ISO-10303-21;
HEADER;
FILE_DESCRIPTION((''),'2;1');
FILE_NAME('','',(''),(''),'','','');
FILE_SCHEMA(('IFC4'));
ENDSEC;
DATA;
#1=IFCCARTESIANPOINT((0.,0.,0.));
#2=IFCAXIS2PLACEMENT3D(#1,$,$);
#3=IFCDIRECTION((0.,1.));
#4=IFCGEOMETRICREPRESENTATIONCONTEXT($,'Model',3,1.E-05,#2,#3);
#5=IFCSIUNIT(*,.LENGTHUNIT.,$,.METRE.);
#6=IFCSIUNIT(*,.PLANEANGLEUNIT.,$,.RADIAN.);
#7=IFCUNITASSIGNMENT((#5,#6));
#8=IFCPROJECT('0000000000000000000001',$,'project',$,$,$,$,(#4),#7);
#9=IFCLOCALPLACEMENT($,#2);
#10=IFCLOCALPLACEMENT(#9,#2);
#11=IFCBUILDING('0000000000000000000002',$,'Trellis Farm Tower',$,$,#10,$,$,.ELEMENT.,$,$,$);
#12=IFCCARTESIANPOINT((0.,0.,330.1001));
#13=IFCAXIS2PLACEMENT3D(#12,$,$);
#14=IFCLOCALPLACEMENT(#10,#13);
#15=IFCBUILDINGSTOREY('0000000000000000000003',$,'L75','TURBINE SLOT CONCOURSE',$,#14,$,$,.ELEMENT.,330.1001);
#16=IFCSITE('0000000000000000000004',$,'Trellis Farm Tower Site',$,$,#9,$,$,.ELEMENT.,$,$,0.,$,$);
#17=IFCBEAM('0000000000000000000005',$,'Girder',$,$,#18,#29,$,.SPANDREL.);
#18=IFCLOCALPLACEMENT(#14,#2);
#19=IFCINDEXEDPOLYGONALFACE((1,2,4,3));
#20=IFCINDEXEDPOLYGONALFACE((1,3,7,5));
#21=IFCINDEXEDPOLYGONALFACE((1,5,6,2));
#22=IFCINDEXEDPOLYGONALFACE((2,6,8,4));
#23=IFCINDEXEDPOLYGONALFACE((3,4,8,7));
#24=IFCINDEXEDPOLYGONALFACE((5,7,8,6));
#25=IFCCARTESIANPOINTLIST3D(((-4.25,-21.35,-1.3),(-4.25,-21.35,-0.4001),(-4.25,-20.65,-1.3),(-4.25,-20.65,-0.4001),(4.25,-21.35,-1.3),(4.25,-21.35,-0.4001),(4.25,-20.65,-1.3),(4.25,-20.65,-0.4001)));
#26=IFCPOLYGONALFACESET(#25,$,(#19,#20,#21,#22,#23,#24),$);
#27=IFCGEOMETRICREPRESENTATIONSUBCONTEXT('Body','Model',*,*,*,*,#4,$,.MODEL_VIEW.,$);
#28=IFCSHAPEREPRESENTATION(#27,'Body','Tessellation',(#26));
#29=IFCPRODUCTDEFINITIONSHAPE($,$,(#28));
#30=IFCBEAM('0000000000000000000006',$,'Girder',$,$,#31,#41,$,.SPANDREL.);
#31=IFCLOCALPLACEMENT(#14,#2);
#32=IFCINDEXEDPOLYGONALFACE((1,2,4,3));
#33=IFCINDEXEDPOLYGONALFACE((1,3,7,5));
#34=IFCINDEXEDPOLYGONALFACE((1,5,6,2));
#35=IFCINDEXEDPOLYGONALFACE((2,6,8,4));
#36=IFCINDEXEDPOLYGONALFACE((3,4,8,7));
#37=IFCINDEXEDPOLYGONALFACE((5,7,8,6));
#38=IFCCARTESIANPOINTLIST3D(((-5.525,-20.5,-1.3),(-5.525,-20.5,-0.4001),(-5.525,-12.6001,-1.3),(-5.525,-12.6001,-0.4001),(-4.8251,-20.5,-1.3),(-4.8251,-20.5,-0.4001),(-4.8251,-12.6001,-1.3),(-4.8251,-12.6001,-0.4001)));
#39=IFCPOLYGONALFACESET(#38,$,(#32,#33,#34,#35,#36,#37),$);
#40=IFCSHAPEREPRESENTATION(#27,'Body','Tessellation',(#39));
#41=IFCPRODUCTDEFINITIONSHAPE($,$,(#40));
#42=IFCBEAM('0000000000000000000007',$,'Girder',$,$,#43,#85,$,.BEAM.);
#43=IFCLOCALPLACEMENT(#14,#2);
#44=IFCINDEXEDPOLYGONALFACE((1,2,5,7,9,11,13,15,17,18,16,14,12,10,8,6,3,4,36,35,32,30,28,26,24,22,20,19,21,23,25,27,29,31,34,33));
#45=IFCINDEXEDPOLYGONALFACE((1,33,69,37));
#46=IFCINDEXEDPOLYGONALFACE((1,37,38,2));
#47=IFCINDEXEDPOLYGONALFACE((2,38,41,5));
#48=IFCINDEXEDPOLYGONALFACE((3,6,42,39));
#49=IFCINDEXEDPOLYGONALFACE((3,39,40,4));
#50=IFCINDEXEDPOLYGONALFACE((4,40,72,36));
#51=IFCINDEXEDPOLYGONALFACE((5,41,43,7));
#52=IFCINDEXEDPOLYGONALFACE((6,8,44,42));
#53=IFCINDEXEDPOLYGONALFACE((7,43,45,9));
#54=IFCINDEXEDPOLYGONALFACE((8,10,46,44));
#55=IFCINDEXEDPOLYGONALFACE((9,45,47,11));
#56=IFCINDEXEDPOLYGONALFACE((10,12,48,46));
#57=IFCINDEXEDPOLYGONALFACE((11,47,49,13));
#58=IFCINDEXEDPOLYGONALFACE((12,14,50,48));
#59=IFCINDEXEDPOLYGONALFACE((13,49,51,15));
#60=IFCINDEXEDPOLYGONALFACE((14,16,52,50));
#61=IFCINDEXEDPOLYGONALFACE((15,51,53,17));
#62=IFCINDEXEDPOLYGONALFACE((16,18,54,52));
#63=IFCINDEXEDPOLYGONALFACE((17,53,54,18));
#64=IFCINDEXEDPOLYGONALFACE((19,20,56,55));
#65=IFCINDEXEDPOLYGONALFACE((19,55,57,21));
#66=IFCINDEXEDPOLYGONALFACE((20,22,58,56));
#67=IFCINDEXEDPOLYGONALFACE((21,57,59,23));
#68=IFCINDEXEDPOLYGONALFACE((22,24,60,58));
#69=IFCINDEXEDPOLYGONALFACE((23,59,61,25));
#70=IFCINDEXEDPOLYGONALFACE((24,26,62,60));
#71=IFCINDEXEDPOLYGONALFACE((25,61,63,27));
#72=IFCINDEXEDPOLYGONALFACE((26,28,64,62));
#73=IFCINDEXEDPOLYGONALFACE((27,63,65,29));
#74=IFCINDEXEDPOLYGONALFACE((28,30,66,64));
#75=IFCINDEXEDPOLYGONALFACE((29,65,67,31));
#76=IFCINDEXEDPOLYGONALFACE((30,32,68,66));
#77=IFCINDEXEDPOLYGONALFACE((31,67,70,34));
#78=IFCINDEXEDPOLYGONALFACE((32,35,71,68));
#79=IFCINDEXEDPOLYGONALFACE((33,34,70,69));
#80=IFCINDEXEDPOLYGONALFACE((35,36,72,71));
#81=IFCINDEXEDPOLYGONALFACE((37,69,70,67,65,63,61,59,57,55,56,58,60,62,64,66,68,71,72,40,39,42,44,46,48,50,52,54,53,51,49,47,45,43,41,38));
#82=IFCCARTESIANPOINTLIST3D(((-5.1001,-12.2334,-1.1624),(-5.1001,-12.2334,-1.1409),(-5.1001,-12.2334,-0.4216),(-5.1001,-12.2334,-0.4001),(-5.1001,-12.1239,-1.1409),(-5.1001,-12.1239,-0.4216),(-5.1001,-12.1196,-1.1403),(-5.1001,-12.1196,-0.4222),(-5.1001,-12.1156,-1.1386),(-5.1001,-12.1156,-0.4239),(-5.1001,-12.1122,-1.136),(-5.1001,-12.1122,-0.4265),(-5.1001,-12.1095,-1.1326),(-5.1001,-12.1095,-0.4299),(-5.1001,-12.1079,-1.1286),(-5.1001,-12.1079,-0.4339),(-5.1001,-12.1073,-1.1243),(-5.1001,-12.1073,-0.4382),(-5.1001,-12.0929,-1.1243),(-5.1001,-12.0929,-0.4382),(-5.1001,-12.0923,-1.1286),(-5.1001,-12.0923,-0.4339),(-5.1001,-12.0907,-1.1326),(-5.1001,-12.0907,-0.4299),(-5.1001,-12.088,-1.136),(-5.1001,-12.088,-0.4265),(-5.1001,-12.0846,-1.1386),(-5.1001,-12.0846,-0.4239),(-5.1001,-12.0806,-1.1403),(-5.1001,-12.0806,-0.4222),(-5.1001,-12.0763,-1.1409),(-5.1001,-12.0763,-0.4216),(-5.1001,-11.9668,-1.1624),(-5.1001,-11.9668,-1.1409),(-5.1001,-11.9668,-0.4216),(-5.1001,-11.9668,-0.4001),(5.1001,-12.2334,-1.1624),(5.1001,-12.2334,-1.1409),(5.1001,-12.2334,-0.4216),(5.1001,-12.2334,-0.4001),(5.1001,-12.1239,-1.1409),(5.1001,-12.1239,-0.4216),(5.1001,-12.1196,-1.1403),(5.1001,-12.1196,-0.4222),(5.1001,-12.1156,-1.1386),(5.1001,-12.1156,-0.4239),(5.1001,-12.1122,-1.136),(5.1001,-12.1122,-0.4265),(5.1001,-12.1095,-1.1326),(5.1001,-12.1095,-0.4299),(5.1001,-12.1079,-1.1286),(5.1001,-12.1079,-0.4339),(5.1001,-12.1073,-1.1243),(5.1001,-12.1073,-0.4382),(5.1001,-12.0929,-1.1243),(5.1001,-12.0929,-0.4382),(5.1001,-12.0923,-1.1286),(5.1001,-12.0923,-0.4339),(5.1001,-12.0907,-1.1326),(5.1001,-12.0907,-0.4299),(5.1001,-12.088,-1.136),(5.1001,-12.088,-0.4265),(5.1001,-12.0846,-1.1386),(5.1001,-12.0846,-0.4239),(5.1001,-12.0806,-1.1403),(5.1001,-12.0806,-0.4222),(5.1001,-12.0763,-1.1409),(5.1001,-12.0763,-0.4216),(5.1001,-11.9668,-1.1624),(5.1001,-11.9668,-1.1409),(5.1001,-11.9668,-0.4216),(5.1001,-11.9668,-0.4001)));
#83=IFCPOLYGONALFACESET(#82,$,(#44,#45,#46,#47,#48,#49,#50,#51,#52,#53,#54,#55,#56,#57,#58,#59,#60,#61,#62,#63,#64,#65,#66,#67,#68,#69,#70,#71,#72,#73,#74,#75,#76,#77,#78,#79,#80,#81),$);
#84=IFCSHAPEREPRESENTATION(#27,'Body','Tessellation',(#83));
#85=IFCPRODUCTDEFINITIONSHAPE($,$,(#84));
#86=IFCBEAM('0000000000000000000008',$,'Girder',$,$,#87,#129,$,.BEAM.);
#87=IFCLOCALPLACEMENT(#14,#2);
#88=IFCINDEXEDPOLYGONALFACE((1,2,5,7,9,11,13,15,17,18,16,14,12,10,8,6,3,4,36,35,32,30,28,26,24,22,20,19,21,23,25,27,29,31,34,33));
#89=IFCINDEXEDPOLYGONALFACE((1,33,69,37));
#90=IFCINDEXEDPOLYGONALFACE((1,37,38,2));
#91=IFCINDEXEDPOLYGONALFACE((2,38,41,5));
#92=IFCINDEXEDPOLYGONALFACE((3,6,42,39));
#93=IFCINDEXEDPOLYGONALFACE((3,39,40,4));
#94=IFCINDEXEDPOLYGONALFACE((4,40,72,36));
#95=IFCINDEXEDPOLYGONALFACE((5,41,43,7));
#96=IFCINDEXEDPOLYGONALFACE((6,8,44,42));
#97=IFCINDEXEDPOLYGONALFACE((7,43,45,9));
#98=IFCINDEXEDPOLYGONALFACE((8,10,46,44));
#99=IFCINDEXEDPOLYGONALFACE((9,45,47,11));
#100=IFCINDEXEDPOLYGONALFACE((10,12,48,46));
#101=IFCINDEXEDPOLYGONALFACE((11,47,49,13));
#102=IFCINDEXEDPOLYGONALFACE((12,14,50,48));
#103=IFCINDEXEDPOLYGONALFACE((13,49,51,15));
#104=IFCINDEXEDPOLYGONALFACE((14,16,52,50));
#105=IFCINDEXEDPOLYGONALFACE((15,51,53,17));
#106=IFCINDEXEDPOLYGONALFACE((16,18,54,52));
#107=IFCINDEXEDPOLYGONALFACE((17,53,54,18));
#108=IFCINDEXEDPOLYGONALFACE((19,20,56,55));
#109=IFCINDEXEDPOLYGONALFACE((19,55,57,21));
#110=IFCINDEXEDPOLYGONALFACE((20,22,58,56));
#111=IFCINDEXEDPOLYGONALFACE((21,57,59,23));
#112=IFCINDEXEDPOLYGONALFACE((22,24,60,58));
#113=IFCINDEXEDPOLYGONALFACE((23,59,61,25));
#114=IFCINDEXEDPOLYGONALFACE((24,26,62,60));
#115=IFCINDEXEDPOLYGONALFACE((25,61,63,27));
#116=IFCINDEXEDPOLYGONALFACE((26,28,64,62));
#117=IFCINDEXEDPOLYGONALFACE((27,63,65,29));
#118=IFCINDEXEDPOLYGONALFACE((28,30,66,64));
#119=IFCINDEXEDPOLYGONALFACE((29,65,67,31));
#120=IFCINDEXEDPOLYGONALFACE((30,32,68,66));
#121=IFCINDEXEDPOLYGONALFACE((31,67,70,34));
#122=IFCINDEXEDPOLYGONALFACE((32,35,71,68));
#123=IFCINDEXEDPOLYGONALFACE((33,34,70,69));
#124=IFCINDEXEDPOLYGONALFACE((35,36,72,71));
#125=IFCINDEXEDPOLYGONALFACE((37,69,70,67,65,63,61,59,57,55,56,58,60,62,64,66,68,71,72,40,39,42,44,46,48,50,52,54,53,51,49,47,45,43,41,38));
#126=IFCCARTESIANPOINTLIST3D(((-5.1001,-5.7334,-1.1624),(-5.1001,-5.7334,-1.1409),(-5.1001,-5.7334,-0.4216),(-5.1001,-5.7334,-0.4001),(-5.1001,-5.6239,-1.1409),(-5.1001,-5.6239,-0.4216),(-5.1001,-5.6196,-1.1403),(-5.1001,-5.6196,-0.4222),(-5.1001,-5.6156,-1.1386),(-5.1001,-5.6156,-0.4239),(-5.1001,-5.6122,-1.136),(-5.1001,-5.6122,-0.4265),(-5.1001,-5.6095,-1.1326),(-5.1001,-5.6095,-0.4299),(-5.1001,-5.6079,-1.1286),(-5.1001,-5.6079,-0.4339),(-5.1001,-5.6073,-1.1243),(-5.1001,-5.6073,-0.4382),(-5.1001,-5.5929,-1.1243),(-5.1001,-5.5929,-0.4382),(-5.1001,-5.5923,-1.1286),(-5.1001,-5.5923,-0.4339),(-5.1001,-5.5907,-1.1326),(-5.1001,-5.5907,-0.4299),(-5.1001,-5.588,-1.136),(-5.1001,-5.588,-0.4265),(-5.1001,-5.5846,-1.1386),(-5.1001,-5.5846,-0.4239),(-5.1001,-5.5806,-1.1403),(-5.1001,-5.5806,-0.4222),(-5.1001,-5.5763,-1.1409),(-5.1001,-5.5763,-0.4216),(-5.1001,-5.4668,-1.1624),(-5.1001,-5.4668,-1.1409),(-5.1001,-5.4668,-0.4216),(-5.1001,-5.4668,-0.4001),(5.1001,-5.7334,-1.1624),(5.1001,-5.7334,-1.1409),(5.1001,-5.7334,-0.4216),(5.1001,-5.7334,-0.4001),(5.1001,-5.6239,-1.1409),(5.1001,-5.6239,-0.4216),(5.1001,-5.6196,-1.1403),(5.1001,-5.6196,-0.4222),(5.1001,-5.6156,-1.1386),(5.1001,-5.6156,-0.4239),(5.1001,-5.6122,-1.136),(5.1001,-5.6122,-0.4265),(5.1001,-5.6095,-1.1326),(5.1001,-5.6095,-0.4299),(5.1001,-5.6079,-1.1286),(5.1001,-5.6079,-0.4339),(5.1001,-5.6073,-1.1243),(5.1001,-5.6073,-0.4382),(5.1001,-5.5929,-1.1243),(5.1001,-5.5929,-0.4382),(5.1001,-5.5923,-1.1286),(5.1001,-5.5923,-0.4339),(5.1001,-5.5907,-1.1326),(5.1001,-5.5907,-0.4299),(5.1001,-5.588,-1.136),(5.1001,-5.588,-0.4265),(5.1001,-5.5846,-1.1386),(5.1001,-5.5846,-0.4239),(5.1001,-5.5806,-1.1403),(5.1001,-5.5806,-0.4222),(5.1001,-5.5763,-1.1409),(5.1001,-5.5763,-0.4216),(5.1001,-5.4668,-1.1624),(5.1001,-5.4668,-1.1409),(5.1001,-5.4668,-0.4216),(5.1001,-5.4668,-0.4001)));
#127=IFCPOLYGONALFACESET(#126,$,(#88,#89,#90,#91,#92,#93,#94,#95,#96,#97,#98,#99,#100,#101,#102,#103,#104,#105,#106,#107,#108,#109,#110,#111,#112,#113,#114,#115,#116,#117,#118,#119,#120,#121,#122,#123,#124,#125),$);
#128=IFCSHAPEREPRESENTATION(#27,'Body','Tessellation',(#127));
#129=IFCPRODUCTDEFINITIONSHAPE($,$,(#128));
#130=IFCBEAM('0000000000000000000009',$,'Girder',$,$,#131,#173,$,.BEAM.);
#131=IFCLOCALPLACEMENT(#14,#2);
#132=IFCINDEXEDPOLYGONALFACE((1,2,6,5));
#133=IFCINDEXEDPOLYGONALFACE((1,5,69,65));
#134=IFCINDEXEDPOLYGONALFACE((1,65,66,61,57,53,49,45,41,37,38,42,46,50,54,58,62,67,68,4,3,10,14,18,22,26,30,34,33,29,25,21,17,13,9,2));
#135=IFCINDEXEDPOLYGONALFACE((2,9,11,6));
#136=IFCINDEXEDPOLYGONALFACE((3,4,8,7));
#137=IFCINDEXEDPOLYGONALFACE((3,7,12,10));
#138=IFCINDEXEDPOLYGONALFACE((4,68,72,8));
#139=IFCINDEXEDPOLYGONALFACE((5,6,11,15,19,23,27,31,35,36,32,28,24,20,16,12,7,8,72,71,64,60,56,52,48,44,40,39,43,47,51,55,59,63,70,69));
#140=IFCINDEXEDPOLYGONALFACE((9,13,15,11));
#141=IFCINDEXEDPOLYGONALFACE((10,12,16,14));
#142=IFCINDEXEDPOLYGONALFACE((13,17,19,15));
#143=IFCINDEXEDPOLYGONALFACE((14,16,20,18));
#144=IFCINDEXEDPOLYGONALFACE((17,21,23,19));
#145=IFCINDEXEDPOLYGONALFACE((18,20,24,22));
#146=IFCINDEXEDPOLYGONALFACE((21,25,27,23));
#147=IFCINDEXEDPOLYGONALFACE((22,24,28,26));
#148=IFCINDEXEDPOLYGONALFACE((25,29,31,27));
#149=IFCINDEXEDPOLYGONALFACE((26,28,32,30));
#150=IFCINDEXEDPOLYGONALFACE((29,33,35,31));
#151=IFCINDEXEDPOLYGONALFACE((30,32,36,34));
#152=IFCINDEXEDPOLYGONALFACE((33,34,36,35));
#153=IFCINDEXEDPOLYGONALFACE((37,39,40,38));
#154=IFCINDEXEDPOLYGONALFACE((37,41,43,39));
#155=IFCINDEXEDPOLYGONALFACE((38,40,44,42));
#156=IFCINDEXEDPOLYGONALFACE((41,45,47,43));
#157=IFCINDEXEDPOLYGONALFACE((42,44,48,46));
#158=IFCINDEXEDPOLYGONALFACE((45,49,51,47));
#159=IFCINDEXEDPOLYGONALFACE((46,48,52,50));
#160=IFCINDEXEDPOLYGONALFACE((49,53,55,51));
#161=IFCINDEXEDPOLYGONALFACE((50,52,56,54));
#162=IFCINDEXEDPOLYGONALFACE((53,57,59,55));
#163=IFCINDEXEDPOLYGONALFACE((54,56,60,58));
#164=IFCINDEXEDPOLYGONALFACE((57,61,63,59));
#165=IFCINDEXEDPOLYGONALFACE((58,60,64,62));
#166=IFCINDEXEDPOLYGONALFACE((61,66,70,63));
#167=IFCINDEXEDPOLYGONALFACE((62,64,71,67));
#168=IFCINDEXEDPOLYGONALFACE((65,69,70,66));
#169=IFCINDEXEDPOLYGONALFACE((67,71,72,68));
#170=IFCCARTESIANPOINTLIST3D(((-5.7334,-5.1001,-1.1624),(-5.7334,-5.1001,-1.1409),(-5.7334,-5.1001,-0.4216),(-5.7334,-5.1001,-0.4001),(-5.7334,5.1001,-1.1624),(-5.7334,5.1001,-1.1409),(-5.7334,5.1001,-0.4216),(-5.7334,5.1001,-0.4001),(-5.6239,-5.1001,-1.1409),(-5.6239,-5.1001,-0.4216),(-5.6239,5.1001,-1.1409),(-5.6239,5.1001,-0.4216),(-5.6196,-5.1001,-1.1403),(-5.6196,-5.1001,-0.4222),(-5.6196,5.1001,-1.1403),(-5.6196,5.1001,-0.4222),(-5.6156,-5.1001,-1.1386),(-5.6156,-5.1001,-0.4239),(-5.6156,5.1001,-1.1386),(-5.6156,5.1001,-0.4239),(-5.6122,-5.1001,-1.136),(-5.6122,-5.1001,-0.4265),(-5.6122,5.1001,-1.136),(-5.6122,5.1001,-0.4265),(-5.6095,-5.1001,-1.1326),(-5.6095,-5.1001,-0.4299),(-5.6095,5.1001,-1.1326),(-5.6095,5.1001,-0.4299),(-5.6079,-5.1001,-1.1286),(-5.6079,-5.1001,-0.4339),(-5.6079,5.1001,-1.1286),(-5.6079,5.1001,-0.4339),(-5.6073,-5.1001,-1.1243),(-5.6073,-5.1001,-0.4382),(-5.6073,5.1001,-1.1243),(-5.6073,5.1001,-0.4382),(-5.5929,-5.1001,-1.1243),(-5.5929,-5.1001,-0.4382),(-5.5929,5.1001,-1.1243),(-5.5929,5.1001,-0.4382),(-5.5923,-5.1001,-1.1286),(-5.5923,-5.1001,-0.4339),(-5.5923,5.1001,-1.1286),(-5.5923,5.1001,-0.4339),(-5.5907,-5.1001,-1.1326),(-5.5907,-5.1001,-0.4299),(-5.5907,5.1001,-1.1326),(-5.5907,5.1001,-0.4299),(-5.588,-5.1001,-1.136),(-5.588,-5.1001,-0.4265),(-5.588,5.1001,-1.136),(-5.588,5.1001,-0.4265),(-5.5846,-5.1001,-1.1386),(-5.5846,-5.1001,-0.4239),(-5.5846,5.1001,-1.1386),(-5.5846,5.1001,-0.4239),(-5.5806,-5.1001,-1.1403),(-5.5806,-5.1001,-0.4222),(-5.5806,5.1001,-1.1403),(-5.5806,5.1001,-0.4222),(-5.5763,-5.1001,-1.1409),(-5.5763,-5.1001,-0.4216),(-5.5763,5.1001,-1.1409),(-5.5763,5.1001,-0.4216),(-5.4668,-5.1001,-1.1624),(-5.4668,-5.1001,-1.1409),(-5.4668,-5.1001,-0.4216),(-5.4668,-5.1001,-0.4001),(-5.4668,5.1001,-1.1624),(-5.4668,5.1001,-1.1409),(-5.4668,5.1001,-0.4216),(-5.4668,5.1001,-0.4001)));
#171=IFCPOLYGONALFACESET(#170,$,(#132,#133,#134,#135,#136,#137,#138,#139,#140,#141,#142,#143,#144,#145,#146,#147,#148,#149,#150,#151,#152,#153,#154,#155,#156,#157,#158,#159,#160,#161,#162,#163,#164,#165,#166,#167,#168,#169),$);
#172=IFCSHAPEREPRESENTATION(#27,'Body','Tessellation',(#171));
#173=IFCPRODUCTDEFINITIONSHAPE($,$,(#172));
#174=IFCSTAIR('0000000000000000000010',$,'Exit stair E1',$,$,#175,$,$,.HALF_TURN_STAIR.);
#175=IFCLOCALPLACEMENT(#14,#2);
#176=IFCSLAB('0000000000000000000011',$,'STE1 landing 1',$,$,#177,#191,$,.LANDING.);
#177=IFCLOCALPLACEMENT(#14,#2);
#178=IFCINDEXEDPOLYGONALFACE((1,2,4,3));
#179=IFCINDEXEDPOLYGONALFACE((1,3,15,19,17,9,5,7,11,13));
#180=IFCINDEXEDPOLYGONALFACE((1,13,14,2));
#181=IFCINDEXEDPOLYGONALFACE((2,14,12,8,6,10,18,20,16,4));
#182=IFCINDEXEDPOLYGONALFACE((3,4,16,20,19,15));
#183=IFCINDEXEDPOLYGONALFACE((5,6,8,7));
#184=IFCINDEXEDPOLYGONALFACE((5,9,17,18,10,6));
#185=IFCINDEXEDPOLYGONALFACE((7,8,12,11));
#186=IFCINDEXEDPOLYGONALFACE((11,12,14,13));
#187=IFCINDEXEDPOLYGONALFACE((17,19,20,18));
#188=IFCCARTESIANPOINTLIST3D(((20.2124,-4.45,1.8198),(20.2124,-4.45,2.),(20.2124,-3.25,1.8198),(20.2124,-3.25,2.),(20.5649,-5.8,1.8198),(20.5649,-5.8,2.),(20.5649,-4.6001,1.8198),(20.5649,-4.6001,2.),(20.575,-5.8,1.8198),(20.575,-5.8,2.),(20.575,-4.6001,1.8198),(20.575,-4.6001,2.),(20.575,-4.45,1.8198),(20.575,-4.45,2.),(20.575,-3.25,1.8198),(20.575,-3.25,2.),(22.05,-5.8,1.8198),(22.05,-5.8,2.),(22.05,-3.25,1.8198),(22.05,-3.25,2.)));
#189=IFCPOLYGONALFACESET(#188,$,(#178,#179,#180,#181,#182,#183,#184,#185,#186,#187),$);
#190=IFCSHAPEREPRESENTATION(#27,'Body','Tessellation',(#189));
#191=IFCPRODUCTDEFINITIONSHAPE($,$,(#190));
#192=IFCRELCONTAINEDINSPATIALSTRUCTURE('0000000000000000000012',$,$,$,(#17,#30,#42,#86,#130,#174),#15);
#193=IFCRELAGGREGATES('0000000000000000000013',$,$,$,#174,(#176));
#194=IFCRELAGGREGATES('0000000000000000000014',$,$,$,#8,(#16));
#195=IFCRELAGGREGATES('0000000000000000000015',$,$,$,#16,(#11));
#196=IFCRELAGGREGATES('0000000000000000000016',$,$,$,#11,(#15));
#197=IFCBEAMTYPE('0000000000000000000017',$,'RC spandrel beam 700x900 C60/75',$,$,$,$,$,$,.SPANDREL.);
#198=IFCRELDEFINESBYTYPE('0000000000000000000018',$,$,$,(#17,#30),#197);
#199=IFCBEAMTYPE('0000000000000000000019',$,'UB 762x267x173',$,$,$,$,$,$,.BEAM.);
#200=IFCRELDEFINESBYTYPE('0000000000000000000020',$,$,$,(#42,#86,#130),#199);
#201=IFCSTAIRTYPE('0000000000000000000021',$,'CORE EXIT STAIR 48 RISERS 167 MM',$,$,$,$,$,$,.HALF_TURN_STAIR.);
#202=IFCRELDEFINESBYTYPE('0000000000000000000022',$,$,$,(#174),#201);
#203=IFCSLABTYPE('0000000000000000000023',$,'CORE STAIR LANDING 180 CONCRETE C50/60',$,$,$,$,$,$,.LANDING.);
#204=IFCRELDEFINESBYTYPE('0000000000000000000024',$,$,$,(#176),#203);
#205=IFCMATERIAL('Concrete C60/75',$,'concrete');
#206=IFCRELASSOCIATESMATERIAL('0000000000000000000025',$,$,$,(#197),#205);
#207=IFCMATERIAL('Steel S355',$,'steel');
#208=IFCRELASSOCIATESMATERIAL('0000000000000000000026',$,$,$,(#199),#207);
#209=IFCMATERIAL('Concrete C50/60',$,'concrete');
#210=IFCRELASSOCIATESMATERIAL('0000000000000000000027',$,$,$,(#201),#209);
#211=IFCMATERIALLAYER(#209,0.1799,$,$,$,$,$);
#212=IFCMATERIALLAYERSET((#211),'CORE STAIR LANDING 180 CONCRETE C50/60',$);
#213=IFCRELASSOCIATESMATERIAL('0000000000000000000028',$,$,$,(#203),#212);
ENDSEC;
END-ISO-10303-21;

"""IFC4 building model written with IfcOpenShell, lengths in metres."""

from ifc_helpers import new_model, si_unit, direction, frame, origin, origin_2d, place, context, subcontext, project, spatial, polyline, rectangle, i_section, outline, extrude, source, transform, mapped, material, layer, layer_set, material_profile, profile_set, type_object, element, aggregate, save


model = new_model("IFC4")

# Units and contexts
model_context = context("Model", 3, precision=1e-05, world=origin(), true_north=direction((0.0, 1.0)))
body_context = subcontext(model_context, "Body", "Model", "MODEL_VIEW")
ifc_project = project(units=[si_unit("LENGTHUNIT", "METRE"), si_unit("PLANEANGLEUNIT", "RADIAN")], contexts=[model_context])

# Site, building, storey
site_placement = place(None, origin())
site = spatial("IfcSite", under=ifc_project, at=site_placement, Name="Trellis Farm Tower Site", CompositionType="ELEMENT", RefElevation=0.0)
building_placement = place(site_placement, origin())
building = spatial("IfcBuilding", under=site, at=building_placement, Name="Trellis Farm Tower", CompositionType="ELEMENT")
storey_placement = place(building_placement, frame((0.0, 0.0, 330.1001)))
storey = spatial("IfcBuildingStorey", under=building, at=storey_placement, Name="L75", Description="TURBINE SLOT CONCOURSE", CompositionType="ELEMENT", Elevation=330.1001)

# Shared definitions
ifc_material_1 = material(Name="Concrete C50/60", Category="concrete")

# Beams
ifc_material_2 = material(Name="Steel S355", Category="steel")
ifc_material_3 = material(Name="Concrete C60/75", Category="concrete")
ifc_material_profile_1 = material_profile(ifc_material_3, rectangle(XDim=0.7, YDim=0.8999, at=origin_2d()), Name="RC spandrel beam 700x900 C60/75")
ifc_profile_set_1 = profile_set([ifc_material_profile_1], Name="Concrete C60/75")
beam_type_1 = type_object("IfcBeamType", Name="RC spandrel beam 700x900 C60/75", PredefinedType="SPANDREL", material=ifc_profile_set_1)
shared_shape_1 = source(origin(), body_context, "Body", "SweptSolid", [
    extrude(rectangle(XDim=0.7, YDim=0.8999, at=origin_2d()), origin(), (0.0, 0.0, 1.0), 8.5),
])
beam_1_placement = place(storey_placement, frame((-4.25, -21.0, -0.8501), z_axis=(1.0, 0.0, 0.0), x_axis=(0.0, 1.0, 0.0)))
element("IfcBeam", 1, at=beam_1_placement, inside=storey, type_object=beam_type_1, Name="Girder", PredefinedType="SPANDREL", context=body_context, shape_type="MappedRepresentation", body=[
    mapped(shared_shape_1, transform((0.0, 0.0, 0.0))),
])
shared_shape_2 = source(origin(), body_context, "Body", "SweptSolid", [
    extrude(rectangle(XDim=0.7, YDim=0.8999, at=origin_2d()), origin(), (0.0, 0.0, 1.0), 7.8999),
])
beam_2_placement = place(storey_placement, frame((-5.175, -20.5, -0.8501), z_axis=(0.0, 1.0, 0.0), x_axis=(-1.0, 0.0, 0.0)))
element("IfcBeam", 2, at=beam_2_placement, inside=storey, type_object=beam_type_1, Name="Girder", PredefinedType="SPANDREL", context=body_context, shape_type="MappedRepresentation", body=[
    mapped(shared_shape_2, transform((0.0, 0.0, 0.0))),
])
ifc_material_profile_2 = material_profile(ifc_material_2, i_section(OverallWidth=0.2666, OverallDepth=0.7622, WebThickness=0.0144, FlangeThickness=0.0215, FilletRadius=0.0166, at=origin_2d()), Name="UB 762x267x173")
ifc_profile_set_2 = profile_set([ifc_material_profile_2], Name="Steel S355")
beam_type_2 = type_object("IfcBeamType", Name="UB 762x267x173", PredefinedType="BEAM", material=ifc_profile_set_2)
shared_shape_3 = source(origin(), body_context, "Body", "SweptSolid", [
    extrude(i_section(OverallWidth=0.2666, OverallDepth=0.7622, WebThickness=0.0144, FlangeThickness=0.0215, FilletRadius=0.0166, at=origin_2d()), origin(), (0.0, 0.0, 1.0), 10.2002),
])
for number, where, z_axis, x_axis, name in (
    (3, (-5.1001, -12.1001, -0.7812), (1.0, 0.0, 0.0), (0.0, 1.0, 0.0), "Girder"),
    (4, (-5.1001, -5.6001, -0.7812), (1.0, 0.0, 0.0), (0.0, 1.0, 0.0), "Girder"),
    (5, (-5.6001, -5.1001, -0.7812), (0.0, 1.0, 0.0), (-1.0, 0.0, 0.0), "Girder"),
):
    element("IfcBeam", number, at=place(storey_placement, frame(where, z_axis=z_axis, x_axis=x_axis)), inside=storey, type_object=beam_type_2, Name=name, PredefinedType="BEAM", context=body_context, shape_type="MappedRepresentation", body=[
        mapped(shared_shape_3, transform((0.0, 0.0, 0.0))),
    ])

# Stair, slab
stair_type = type_object("IfcStairType", Name="CORE EXIT STAIR 48 RISERS 167 MM", PredefinedType="HALF_TURN_STAIR", material=ifc_material_1)
stair_placement = place(storey_placement, origin())
stair = element("IfcStair", 6, at=stair_placement, inside=storey, type_object=stair_type, Name="Exit stair E1", PredefinedType="HALF_TURN_STAIR")
ifc_layer_1 = layer(ifc_material_1, 0.1799)
ifc_layer_set_1 = layer_set([ifc_layer_1], Name="CORE STAIR LANDING 180 CONCRETE C50/60")
slab_type_1 = type_object("IfcSlabType", Name="CORE STAIR LANDING 180 CONCRETE C50/60", PredefinedType="LANDING", material=ifc_layer_set_1)
shared_shape_4 = source(origin(), body_context, "Body", "SweptSolid", [
    extrude(outline(polyline([(20.5649, -5.8), (20.5649, -4.6001), (20.575, -4.6001), (20.575, -4.45), (20.2124, -4.45), (20.2124, -3.25), (20.575, -3.25), (22.05, -3.25), (22.05, -5.8), (20.575, -5.8), (20.5649, -5.8)])), origin(), (0.0, 0.0, 1.0), 0.1802),
])
slab_1_placement = place(storey_placement, frame((0.0, 0.0, 1.8198)))
slab_1 = element("IfcSlab", 7, at=slab_1_placement, type_object=slab_type_1, Name="STE1 landing 1", PredefinedType="LANDING", context=body_context, shape_type="MappedRepresentation", body=[
    mapped(shared_shape_4, transform((0.0, 0.0, 0.0))),
])
aggregate(stair, [slab_1])

save(model, "model.ifc")
